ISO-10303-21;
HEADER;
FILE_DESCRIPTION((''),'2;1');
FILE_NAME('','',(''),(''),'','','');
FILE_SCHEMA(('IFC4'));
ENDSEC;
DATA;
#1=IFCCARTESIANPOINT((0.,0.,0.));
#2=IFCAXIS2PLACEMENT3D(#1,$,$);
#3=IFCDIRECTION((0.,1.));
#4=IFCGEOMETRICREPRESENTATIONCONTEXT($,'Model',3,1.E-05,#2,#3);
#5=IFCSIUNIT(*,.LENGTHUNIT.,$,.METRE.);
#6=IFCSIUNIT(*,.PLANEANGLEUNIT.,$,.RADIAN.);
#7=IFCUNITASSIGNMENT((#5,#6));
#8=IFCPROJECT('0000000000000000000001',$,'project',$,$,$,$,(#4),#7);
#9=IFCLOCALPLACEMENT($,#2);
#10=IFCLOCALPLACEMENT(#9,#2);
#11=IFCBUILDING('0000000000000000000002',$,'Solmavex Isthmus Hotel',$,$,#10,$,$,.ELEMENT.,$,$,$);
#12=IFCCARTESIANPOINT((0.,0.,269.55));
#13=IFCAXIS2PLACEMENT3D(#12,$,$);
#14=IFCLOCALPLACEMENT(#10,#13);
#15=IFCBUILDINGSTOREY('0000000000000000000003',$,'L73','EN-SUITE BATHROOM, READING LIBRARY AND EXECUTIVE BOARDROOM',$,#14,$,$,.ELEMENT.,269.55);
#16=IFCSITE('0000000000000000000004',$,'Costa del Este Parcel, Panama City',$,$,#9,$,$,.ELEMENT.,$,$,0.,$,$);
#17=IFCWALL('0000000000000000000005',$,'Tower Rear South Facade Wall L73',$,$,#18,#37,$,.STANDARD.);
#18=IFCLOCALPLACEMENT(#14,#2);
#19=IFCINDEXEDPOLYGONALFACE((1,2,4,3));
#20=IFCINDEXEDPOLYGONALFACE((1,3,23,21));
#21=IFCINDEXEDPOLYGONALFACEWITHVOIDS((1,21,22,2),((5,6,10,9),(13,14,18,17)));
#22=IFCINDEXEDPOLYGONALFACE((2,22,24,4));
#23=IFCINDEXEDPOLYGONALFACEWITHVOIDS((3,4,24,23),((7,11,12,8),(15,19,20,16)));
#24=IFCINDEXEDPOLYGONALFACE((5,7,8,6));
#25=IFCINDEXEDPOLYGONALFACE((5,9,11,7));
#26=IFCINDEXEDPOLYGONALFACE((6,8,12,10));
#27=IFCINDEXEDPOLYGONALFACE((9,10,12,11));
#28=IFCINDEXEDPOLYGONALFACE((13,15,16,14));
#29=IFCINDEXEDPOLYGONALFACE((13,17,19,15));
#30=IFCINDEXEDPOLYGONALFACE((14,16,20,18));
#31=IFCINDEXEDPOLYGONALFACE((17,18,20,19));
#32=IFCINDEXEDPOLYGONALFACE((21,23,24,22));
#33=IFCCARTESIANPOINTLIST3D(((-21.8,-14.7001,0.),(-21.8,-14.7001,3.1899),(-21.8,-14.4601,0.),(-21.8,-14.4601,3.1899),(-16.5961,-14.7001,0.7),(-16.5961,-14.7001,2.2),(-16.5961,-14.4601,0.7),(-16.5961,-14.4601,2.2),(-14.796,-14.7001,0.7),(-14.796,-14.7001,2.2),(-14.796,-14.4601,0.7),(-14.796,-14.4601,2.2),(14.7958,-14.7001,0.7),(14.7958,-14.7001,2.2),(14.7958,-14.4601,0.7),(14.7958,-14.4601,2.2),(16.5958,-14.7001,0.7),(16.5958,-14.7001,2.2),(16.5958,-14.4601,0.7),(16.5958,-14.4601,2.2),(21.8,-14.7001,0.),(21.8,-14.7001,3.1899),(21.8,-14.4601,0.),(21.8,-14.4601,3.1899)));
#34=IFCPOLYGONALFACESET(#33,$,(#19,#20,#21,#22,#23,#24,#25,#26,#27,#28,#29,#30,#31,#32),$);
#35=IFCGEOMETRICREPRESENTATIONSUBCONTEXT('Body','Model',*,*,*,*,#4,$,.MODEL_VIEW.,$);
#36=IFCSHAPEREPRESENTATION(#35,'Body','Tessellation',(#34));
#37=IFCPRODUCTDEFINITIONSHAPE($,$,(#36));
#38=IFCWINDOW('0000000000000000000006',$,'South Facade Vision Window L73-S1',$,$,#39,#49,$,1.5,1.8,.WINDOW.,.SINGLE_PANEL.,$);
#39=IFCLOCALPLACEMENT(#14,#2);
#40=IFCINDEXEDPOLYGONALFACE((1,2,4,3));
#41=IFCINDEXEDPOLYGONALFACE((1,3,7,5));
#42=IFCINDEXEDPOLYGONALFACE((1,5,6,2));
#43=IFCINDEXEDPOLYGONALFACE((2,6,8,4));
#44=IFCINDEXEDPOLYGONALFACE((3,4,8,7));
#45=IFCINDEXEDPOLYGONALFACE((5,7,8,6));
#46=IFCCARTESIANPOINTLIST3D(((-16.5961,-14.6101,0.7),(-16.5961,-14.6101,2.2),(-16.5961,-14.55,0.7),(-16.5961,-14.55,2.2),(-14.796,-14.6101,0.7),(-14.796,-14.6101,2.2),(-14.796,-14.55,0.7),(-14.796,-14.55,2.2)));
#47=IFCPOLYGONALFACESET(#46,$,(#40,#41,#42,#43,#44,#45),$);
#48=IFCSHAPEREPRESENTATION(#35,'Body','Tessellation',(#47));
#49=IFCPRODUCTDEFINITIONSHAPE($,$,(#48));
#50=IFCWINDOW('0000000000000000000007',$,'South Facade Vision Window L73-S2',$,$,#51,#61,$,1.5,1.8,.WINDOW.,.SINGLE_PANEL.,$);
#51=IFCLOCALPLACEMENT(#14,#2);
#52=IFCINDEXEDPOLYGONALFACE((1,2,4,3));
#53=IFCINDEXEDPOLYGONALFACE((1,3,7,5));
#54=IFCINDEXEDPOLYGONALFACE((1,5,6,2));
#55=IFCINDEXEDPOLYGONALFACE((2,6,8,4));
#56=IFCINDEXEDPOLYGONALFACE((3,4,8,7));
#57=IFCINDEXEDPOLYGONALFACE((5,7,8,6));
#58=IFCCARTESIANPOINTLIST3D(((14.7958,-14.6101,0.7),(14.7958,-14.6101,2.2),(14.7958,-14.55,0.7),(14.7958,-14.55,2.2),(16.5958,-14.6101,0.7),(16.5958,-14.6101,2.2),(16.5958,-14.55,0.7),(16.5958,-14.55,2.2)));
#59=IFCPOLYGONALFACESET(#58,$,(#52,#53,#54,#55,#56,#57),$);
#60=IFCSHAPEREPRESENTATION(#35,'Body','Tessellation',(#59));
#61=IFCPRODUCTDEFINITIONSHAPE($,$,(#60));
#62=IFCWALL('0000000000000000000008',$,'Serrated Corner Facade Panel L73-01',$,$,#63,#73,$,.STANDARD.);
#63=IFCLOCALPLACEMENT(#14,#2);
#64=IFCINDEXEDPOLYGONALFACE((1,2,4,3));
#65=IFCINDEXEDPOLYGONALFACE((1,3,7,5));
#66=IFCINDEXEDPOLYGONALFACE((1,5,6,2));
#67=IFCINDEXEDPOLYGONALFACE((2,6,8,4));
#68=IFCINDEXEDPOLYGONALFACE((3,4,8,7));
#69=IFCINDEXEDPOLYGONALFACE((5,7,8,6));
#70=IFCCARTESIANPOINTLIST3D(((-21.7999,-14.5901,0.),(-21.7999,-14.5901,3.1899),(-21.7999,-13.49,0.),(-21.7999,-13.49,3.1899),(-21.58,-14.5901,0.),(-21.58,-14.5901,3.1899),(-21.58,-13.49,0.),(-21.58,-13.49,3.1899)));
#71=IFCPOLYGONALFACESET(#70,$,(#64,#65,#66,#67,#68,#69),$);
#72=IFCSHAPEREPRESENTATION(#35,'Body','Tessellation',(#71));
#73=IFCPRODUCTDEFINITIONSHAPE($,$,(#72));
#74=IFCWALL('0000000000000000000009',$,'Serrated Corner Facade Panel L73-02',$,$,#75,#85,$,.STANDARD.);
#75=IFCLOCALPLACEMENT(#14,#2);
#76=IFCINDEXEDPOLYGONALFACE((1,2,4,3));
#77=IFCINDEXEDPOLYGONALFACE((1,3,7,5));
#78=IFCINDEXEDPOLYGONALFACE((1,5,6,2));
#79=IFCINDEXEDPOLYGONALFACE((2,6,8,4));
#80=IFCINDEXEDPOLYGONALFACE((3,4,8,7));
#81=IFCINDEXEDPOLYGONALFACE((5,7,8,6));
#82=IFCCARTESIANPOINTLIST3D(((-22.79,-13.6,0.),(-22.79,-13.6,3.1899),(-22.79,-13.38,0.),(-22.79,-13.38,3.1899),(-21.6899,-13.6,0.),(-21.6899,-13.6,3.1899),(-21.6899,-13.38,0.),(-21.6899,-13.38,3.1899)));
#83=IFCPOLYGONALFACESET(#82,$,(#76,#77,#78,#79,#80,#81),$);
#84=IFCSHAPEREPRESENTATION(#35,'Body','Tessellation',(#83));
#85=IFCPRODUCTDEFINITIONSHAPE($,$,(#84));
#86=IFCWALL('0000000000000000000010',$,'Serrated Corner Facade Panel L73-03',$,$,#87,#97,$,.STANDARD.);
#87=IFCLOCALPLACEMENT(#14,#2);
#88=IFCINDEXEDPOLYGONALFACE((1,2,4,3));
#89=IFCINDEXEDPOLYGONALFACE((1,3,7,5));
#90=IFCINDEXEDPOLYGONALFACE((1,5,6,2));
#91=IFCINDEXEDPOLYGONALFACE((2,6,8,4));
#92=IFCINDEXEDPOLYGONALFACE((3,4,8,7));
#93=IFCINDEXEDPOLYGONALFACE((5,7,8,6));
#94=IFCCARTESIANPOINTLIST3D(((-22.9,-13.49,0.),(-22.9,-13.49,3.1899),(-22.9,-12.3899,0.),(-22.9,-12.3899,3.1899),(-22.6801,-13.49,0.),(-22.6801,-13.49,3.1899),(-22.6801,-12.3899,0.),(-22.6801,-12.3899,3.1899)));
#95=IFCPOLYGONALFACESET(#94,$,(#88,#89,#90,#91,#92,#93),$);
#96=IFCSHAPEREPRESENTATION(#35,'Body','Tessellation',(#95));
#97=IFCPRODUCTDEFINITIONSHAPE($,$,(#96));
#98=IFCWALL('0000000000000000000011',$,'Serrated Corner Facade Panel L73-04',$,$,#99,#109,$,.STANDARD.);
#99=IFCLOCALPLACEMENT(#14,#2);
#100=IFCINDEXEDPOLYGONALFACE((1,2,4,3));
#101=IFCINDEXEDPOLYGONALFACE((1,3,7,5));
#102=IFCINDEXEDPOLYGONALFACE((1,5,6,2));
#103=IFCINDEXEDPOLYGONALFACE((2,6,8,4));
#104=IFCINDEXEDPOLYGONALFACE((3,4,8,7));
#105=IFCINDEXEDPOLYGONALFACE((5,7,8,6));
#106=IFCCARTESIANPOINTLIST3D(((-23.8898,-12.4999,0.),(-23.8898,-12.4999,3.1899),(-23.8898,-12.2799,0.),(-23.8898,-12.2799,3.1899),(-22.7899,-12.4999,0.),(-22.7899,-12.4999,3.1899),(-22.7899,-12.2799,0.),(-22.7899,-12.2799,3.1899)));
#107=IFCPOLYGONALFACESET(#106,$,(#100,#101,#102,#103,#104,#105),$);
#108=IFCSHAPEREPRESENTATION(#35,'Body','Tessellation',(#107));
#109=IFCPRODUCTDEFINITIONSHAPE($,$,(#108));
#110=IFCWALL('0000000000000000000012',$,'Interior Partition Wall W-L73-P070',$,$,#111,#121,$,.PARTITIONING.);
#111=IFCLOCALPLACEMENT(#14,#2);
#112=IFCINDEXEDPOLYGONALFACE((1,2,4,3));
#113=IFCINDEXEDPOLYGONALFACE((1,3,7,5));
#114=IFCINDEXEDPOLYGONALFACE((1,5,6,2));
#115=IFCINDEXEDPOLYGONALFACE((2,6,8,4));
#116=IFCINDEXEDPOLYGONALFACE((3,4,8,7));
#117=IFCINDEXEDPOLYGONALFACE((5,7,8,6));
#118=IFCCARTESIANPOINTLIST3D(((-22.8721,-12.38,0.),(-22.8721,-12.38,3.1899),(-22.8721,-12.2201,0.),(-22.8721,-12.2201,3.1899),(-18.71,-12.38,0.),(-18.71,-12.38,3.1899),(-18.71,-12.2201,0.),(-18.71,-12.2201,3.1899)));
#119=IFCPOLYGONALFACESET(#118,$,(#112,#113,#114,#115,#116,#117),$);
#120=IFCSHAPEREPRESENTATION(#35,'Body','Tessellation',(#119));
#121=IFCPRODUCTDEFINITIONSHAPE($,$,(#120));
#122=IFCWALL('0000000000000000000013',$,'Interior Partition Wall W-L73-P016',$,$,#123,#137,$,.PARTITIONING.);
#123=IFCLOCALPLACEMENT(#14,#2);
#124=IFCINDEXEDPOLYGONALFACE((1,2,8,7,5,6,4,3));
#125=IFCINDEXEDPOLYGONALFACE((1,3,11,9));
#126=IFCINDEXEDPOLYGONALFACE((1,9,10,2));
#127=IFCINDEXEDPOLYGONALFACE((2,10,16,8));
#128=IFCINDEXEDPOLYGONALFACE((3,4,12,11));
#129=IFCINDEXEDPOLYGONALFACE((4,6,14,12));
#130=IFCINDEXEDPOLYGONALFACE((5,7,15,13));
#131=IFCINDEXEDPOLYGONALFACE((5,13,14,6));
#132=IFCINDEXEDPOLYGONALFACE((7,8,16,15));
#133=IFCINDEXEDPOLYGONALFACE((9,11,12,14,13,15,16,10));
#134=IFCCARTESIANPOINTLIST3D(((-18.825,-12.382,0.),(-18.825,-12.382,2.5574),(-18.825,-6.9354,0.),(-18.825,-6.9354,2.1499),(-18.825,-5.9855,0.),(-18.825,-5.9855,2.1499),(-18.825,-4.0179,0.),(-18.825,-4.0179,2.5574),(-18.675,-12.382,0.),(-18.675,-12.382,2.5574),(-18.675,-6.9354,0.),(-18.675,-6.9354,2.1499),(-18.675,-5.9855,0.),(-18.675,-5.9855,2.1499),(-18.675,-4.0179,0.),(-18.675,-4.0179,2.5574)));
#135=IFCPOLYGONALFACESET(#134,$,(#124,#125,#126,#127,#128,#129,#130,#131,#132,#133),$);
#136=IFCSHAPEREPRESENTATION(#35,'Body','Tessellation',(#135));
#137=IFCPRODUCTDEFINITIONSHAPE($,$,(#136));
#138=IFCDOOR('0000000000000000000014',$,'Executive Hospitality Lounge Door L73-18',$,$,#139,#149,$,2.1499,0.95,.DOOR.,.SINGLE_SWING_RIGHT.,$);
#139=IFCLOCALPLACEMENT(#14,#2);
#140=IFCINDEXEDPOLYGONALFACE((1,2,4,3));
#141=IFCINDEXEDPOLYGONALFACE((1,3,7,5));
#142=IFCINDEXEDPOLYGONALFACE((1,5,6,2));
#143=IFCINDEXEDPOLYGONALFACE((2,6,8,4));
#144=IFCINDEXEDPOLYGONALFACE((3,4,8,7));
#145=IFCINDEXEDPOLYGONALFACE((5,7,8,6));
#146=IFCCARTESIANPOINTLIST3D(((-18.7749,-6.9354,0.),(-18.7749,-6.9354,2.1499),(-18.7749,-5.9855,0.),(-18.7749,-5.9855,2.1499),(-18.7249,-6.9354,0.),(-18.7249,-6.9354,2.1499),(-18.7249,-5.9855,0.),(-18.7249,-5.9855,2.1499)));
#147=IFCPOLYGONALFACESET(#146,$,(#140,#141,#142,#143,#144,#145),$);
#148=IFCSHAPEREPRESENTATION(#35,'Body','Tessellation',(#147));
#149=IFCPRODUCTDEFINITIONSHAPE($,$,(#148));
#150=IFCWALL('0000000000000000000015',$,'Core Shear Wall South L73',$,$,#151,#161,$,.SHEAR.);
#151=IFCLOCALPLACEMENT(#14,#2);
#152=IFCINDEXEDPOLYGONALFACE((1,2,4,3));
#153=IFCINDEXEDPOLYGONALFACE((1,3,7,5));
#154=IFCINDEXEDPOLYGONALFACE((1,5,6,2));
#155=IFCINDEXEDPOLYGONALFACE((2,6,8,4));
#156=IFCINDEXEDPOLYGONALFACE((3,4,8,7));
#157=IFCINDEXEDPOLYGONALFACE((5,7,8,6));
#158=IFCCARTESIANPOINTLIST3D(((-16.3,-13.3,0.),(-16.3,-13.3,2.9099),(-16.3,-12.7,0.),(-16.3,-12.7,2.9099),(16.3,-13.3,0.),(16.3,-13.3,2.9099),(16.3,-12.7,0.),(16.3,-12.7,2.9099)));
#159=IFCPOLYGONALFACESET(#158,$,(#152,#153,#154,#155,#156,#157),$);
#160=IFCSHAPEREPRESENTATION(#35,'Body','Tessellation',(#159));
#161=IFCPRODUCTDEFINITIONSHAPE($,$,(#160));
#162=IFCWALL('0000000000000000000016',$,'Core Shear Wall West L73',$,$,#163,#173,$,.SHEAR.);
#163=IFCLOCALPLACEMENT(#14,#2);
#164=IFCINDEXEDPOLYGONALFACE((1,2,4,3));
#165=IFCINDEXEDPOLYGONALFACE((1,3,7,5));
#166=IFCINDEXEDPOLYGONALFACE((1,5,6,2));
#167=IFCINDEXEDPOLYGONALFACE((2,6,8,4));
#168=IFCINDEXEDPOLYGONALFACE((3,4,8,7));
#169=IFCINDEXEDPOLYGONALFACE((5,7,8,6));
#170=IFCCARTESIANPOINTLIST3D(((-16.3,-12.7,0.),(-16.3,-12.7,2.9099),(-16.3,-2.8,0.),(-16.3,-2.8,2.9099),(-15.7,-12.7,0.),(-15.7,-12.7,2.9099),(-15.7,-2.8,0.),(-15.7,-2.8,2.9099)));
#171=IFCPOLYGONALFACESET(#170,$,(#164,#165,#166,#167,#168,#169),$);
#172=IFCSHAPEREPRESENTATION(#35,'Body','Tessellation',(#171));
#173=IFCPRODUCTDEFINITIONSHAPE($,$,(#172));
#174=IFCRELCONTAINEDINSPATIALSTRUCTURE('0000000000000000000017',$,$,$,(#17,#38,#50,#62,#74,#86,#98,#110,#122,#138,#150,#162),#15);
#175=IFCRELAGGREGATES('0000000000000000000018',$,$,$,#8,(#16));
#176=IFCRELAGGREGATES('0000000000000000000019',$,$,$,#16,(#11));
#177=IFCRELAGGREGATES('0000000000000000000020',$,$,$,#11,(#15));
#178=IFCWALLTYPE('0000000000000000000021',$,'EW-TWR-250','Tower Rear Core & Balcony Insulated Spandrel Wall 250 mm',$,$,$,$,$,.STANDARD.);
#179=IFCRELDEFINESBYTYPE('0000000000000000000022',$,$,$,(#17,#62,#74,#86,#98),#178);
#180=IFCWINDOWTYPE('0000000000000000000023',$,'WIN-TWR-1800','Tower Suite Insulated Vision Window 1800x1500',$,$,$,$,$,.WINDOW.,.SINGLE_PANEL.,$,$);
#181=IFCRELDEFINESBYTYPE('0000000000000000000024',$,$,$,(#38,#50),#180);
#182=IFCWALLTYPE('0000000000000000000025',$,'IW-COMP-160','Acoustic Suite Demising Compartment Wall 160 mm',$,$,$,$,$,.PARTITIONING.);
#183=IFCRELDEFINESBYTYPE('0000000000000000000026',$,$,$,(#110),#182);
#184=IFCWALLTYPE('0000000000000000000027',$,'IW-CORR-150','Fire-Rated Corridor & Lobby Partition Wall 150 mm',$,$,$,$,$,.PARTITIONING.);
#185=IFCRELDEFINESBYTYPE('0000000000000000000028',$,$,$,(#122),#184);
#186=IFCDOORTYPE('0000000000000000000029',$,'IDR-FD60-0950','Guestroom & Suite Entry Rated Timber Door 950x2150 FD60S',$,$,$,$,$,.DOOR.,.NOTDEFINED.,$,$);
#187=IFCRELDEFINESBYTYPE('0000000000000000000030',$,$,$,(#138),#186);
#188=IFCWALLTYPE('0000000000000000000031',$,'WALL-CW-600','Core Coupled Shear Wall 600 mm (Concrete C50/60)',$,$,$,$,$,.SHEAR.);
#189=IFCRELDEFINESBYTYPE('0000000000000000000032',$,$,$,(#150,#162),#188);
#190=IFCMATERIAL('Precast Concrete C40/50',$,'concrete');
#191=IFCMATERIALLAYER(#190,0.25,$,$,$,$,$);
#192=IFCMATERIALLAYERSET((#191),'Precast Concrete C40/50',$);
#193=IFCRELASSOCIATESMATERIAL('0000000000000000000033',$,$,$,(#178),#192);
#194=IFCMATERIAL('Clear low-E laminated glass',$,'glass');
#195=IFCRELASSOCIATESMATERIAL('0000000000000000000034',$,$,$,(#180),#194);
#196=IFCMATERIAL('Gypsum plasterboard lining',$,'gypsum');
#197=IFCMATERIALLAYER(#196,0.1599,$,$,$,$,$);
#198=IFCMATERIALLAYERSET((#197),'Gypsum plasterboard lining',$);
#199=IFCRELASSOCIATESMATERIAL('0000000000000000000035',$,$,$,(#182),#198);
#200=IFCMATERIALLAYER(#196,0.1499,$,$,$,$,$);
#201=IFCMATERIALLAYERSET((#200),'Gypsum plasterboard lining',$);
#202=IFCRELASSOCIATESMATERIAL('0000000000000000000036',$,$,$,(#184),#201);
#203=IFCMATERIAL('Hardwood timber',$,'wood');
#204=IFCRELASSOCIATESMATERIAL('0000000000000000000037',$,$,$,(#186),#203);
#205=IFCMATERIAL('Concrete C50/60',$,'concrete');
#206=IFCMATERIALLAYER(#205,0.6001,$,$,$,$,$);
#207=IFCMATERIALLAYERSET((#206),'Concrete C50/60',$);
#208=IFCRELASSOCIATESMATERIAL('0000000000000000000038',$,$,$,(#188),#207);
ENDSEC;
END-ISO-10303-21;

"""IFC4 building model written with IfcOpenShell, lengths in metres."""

from ifc_helpers import new_model, si_unit, direction, frame, frame_2d, origin, place, context, subcontext, project, spatial, rectangle, extrude, material, layer, layer_set, type_object, element, fill, save


model = new_model("IFC4")

# Units and contexts
model_context = context("Model", 3, precision=1e-05, world=origin(), true_north=direction((0.0, 1.0)))
body_context = subcontext(model_context, "Body", "Model", "MODEL_VIEW")
ifc_project = project(units=[si_unit("LENGTHUNIT", "METRE"), si_unit("PLANEANGLEUNIT", "RADIAN")], contexts=[model_context])

# Site, building, storey
site_placement = place(None, origin())
site = spatial("IfcSite", under=ifc_project, at=site_placement, Name="Costa del Este Parcel, Panama City", CompositionType="ELEMENT", RefElevation=0.0)
building_placement = place(site_placement, origin())
building = spatial("IfcBuilding", under=site, at=building_placement, Name="Solmavex Isthmus Hotel", CompositionType="ELEMENT")
storey_placement = place(building_placement, frame((0.0, 0.0, 269.55)))
storey = spatial("IfcBuildingStorey", under=building, at=storey_placement, Name="L73", Description="EN-SUITE BATHROOM, READING LIBRARY AND EXECUTIVE BOARDROOM", CompositionType="ELEMENT", Elevation=269.55)

# Shared definitions
ifc_material_1 = material(Name="Concrete C50/60", Category="concrete")

# Shared definitions
ifc_material_2 = material(Name="Clear low-E laminated glass", Category="glass")

# Wall, openings, windows
ifc_material_3 = material(Name="Precast Concrete C40/50", Category="concrete")
ifc_layer_1 = layer(ifc_material_3, 0.25)
ifc_layer_set_1 = layer_set([ifc_layer_1], Name="Precast Concrete C40/50")
wall_type_1 = type_object("IfcWallType", Name="EW-TWR-250", Description="Tower Rear Core & Balcony Insulated Spandrel Wall 250 mm", PredefinedType="STANDARD", material=ifc_layer_set_1)
wall_1_placement = place(storey_placement, frame((-21.8, -14.5801, 0.0), z_axis=(0.0, 0.0, 1.0), x_axis=(1.0, 0.0, 0.0)))
wall_1 = element("IfcWall", 1, at=wall_1_placement, inside=storey, type_object=wall_type_1, Name="Tower Rear South Facade Wall L73", PredefinedType="STANDARD", context=body_context, shape_type="SweptSolid", body=[
    extrude(rectangle(XDim=43.6001, YDim=0.24, at=frame_2d((21.8, 0.0))), origin(), (0.0, 0.0, 1.0), 3.1899),
])
opening_1_placement = place(wall_1_placement, frame((5.2041, 0.0, 0.7)))
opening_1 = element("IfcOpeningElement", 2, at=opening_1_placement, cuts=wall_1, PredefinedType="OPENING", context=body_context, shape_type="SweptSolid", body=[
    extrude(rectangle(XDim=1.8, YDim=1.5, at=frame_2d((0.8999, 0.75))), frame((0.0, 0.1299, 0.0), z_axis=(0.0, -1.0, 0.0), x_axis=(1.0, 0.0, 0.0)), (0.0, 0.0, 1.0), 0.26),
])
opening_2_placement = place(wall_1_placement, frame((36.5959, 0.0, 0.7)))
opening_2 = element("IfcOpeningElement", 3, at=opening_2_placement, cuts=wall_1, PredefinedType="OPENING", context=body_context, shape_type="SweptSolid", body=[
    extrude(rectangle(XDim=1.8, YDim=1.5, at=frame_2d((0.8999, 0.75))), frame((0.0, 0.1299, 0.0), z_axis=(0.0, -1.0, 0.0), x_axis=(1.0, 0.0, 0.0)), (0.0, 0.0, 1.0), 0.26),
])
window_type = type_object("IfcWindowType", Name="WIN-TWR-1800", Description="Tower Suite Insulated Vision Window 1800x1500", PartitioningType="SINGLE_PANEL", PredefinedType="WINDOW", material=ifc_material_2)
window_1_placement = place(opening_1_placement, origin())
window_1 = element("IfcWindow", 4, at=window_1_placement, inside=storey, type_object=window_type, Name="South Facade Vision Window L73-S1", OverallHeight=1.5, OverallWidth=1.8, PartitioningType="SINGLE_PANEL", PredefinedType="WINDOW", context=body_context, shape_type="SweptSolid", body=[
    extrude(rectangle(XDim=1.8, YDim=1.5, at=frame_2d((0.8999, 0.75))), frame((0.0, 0.03, 0.0), z_axis=(0.0, -1.0, 0.0), x_axis=(1.0, 0.0, 0.0)), (0.0, 0.0, 1.0), 0.0601),
])
fill(opening_1, window_1)
window_2_placement = place(opening_2_placement, origin())
window_2 = element("IfcWindow", 5, at=window_2_placement, inside=storey, type_object=window_type, Name="South Facade Vision Window L73-S2", OverallHeight=1.5, OverallWidth=1.8, PartitioningType="SINGLE_PANEL", PredefinedType="WINDOW", context=body_context, shape_type="SweptSolid", body=[
    extrude(rectangle(XDim=1.8, YDim=1.5, at=frame_2d((0.8999, 0.75))), frame((0.0, 0.03, 0.0), z_axis=(0.0, -1.0, 0.0), x_axis=(1.0, 0.0, 0.0)), (0.0, 0.0, 1.0), 0.0601),
])
fill(opening_2, window_2)

# Walls
for number, where, z_axis, x_axis, name in (
    (6, (-21.6899, -14.5901, 0.0), (0.0, 0.0, 1.0), (0.0, 1.0, 0.0), "Serrated Corner Facade Panel L73-01"),
    (7, (-21.6899, -13.49, 0.0), (0.0, 0.0, 1.0), (-1.0, 0.0, 0.0), "Serrated Corner Facade Panel L73-02"),
    (8, (-22.79, -13.49, 0.0), (0.0, 0.0, 1.0), (0.0, 1.0, 0.0), "Serrated Corner Facade Panel L73-03"),
):
    element("IfcWall", number, at=place(storey_placement, frame(where, z_axis=z_axis, x_axis=x_axis)), inside=storey, type_object=wall_type_1, Name=name, PredefinedType="STANDARD", context=body_context, shape_type="SweptSolid", body=[
        extrude(rectangle(XDim=1.1001, YDim=0.22, at=frame_2d((0.55, 0.0))), origin(), (0.0, 0.0, 1.0), 3.1899),
    ])
wall_2_placement = place(storey_placement, frame((-22.79, -12.3899, 0.0), z_axis=(0.0, 0.0, 1.0), x_axis=(-1.0, 0.0, 0.0)))
element("IfcWall", 9, at=wall_2_placement, inside=storey, type_object=wall_type_1, Name="Serrated Corner Facade Panel L73-04", PredefinedType="STANDARD", context=body_context, shape_type="SweptSolid", body=[
    extrude(rectangle(XDim=1.0999, YDim=0.22, at=frame_2d((0.5498, 0.0))), origin(), (0.0, 0.0, 1.0), 3.1899),
])
ifc_material_4 = material(Name="Gypsum plasterboard lining", Category="gypsum")
ifc_layer_2 = layer(ifc_material_4, 0.1599)
ifc_layer_set_2 = layer_set([ifc_layer_2], Name="Gypsum plasterboard lining")
wall_type_2 = type_object("IfcWallType", Name="IW-COMP-160", Description="Acoustic Suite Demising Compartment Wall 160 mm", PredefinedType="PARTITIONING", material=ifc_layer_set_2)
wall_3_placement = place(storey_placement, frame((-18.71, -12.3, 0.0), z_axis=(0.0, 0.0, 1.0), x_axis=(-1.0, 0.0, 0.0)))
element("IfcWall", 10, at=wall_3_placement, inside=storey, type_object=wall_type_2, Name="Interior Partition Wall W-L73-P070", PredefinedType="PARTITIONING", context=body_context, shape_type="SweptSolid", body=[
    extrude(rectangle(XDim=4.1621, YDim=0.1599, at=frame_2d((2.0811, 0.0))), origin(), (0.0, 0.0, 1.0), 3.1899),
])

# Wall, opening, door
ifc_layer_3 = layer(ifc_material_4, 0.1499)
ifc_layer_set_3 = layer_set([ifc_layer_3], Name="Gypsum plasterboard lining")
wall_type_3 = type_object("IfcWallType", Name="IW-CORR-150", Description="Fire-Rated Corridor & Lobby Partition Wall 150 mm", PredefinedType="PARTITIONING", material=ifc_layer_set_3)
wall_4_placement = place(storey_placement, frame((-18.75, -12.3821, 0.0), z_axis=(0.0, 0.0, 1.0), x_axis=(0.0, 1.0, 0.0)))
wall_4 = element("IfcWall", 11, at=wall_4_placement, inside=storey, type_object=wall_type_3, Name="Interior Partition Wall W-L73-P016", PredefinedType="PARTITIONING", context=body_context, shape_type="SweptSolid", body=[
    extrude(rectangle(XDim=8.364, YDim=0.1499, at=frame_2d((4.1821, 0.0))), origin(), (0.0, 0.0, 1.0), 2.5574),
])
opening_3_placement = place(wall_4_placement, frame((5.4465, 0.0, 0.0)))
opening_3 = element("IfcOpeningElement", 12, at=opening_3_placement, cuts=wall_4, PredefinedType="OPENING", context=body_context, shape_type="SweptSolid", body=[
    extrude(rectangle(XDim=0.95, YDim=2.1499, at=frame_2d((0.4751, 1.075))), frame((0.0, 0.085, 0.0), z_axis=(0.0, -1.0, 0.0), x_axis=(1.0, 0.0, 0.0)), (0.0, 0.0, 1.0), 0.1699),
])
ifc_material_5 = material(Name="Hardwood timber", Category="wood")
door_type = type_object("IfcDoorType", Name="IDR-FD60-0950", Description="Guestroom & Suite Entry Rated Timber Door 950x2150 FD60S", OperationType="NOTDEFINED", PredefinedType="DOOR", material=ifc_material_5)
door_1_placement = place(opening_3_placement, origin())
door_1 = element("IfcDoor", 13, at=door_1_placement, inside=storey, type_object=door_type, Name="Executive Hospitality Lounge Door L73-18", OperationType="SINGLE_SWING_RIGHT", OverallHeight=2.1499, OverallWidth=0.95, PredefinedType="DOOR", context=body_context, shape_type="SweptSolid", body=[
    extrude(rectangle(XDim=0.95, YDim=2.1499, at=frame_2d((0.4751, 1.075))), frame((0.0, 0.0249, 0.0), z_axis=(0.0, -1.0, 0.0), x_axis=(1.0, 0.0, 0.0)), (0.0, 0.0, 1.0), 0.05),
])
fill(opening_3, door_1)

# Walls
ifc_layer_4 = layer(ifc_material_1, 0.6001)
ifc_layer_set_4 = layer_set([ifc_layer_4], Name="Concrete C50/60")
wall_type_4 = type_object("IfcWallType", Name="WALL-CW-600", Description="Core Coupled Shear Wall 600 mm (Concrete C50/60)", PredefinedType="SHEAR", material=ifc_layer_set_4)
wall_5_placement = place(storey_placement, frame((-16.3, -13.0, 0.0), z_axis=(0.0, 0.0, 1.0), x_axis=(1.0, 0.0, 0.0)))
element("IfcWall", 14, at=wall_5_placement, inside=storey, type_object=wall_type_4, Name="Core Shear Wall South L73", PredefinedType="SHEAR", context=body_context, shape_type="SweptSolid", body=[
    extrude(rectangle(XDim=32.6001, YDim=0.6001, at=frame_2d((16.3, 0.0))), origin(), (0.0, 0.0, 1.0), 2.9099),
])
wall_6_placement = place(storey_placement, frame((-16.0, -12.7, 0.0), z_axis=(0.0, 0.0, 1.0), x_axis=(0.0, 1.0, 0.0)))
element("IfcWall", 15, at=wall_6_placement, inside=storey, type_object=wall_type_4, Name="Core Shear Wall West L73", PredefinedType="SHEAR", context=body_context, shape_type="SweptSolid", body=[
    extrude(rectangle(XDim=9.8999, YDim=0.6001, at=frame_2d((4.95, 0.0))), origin(), (0.0, 0.0, 1.0), 2.9099),
])

save(model, "model.ifc")
